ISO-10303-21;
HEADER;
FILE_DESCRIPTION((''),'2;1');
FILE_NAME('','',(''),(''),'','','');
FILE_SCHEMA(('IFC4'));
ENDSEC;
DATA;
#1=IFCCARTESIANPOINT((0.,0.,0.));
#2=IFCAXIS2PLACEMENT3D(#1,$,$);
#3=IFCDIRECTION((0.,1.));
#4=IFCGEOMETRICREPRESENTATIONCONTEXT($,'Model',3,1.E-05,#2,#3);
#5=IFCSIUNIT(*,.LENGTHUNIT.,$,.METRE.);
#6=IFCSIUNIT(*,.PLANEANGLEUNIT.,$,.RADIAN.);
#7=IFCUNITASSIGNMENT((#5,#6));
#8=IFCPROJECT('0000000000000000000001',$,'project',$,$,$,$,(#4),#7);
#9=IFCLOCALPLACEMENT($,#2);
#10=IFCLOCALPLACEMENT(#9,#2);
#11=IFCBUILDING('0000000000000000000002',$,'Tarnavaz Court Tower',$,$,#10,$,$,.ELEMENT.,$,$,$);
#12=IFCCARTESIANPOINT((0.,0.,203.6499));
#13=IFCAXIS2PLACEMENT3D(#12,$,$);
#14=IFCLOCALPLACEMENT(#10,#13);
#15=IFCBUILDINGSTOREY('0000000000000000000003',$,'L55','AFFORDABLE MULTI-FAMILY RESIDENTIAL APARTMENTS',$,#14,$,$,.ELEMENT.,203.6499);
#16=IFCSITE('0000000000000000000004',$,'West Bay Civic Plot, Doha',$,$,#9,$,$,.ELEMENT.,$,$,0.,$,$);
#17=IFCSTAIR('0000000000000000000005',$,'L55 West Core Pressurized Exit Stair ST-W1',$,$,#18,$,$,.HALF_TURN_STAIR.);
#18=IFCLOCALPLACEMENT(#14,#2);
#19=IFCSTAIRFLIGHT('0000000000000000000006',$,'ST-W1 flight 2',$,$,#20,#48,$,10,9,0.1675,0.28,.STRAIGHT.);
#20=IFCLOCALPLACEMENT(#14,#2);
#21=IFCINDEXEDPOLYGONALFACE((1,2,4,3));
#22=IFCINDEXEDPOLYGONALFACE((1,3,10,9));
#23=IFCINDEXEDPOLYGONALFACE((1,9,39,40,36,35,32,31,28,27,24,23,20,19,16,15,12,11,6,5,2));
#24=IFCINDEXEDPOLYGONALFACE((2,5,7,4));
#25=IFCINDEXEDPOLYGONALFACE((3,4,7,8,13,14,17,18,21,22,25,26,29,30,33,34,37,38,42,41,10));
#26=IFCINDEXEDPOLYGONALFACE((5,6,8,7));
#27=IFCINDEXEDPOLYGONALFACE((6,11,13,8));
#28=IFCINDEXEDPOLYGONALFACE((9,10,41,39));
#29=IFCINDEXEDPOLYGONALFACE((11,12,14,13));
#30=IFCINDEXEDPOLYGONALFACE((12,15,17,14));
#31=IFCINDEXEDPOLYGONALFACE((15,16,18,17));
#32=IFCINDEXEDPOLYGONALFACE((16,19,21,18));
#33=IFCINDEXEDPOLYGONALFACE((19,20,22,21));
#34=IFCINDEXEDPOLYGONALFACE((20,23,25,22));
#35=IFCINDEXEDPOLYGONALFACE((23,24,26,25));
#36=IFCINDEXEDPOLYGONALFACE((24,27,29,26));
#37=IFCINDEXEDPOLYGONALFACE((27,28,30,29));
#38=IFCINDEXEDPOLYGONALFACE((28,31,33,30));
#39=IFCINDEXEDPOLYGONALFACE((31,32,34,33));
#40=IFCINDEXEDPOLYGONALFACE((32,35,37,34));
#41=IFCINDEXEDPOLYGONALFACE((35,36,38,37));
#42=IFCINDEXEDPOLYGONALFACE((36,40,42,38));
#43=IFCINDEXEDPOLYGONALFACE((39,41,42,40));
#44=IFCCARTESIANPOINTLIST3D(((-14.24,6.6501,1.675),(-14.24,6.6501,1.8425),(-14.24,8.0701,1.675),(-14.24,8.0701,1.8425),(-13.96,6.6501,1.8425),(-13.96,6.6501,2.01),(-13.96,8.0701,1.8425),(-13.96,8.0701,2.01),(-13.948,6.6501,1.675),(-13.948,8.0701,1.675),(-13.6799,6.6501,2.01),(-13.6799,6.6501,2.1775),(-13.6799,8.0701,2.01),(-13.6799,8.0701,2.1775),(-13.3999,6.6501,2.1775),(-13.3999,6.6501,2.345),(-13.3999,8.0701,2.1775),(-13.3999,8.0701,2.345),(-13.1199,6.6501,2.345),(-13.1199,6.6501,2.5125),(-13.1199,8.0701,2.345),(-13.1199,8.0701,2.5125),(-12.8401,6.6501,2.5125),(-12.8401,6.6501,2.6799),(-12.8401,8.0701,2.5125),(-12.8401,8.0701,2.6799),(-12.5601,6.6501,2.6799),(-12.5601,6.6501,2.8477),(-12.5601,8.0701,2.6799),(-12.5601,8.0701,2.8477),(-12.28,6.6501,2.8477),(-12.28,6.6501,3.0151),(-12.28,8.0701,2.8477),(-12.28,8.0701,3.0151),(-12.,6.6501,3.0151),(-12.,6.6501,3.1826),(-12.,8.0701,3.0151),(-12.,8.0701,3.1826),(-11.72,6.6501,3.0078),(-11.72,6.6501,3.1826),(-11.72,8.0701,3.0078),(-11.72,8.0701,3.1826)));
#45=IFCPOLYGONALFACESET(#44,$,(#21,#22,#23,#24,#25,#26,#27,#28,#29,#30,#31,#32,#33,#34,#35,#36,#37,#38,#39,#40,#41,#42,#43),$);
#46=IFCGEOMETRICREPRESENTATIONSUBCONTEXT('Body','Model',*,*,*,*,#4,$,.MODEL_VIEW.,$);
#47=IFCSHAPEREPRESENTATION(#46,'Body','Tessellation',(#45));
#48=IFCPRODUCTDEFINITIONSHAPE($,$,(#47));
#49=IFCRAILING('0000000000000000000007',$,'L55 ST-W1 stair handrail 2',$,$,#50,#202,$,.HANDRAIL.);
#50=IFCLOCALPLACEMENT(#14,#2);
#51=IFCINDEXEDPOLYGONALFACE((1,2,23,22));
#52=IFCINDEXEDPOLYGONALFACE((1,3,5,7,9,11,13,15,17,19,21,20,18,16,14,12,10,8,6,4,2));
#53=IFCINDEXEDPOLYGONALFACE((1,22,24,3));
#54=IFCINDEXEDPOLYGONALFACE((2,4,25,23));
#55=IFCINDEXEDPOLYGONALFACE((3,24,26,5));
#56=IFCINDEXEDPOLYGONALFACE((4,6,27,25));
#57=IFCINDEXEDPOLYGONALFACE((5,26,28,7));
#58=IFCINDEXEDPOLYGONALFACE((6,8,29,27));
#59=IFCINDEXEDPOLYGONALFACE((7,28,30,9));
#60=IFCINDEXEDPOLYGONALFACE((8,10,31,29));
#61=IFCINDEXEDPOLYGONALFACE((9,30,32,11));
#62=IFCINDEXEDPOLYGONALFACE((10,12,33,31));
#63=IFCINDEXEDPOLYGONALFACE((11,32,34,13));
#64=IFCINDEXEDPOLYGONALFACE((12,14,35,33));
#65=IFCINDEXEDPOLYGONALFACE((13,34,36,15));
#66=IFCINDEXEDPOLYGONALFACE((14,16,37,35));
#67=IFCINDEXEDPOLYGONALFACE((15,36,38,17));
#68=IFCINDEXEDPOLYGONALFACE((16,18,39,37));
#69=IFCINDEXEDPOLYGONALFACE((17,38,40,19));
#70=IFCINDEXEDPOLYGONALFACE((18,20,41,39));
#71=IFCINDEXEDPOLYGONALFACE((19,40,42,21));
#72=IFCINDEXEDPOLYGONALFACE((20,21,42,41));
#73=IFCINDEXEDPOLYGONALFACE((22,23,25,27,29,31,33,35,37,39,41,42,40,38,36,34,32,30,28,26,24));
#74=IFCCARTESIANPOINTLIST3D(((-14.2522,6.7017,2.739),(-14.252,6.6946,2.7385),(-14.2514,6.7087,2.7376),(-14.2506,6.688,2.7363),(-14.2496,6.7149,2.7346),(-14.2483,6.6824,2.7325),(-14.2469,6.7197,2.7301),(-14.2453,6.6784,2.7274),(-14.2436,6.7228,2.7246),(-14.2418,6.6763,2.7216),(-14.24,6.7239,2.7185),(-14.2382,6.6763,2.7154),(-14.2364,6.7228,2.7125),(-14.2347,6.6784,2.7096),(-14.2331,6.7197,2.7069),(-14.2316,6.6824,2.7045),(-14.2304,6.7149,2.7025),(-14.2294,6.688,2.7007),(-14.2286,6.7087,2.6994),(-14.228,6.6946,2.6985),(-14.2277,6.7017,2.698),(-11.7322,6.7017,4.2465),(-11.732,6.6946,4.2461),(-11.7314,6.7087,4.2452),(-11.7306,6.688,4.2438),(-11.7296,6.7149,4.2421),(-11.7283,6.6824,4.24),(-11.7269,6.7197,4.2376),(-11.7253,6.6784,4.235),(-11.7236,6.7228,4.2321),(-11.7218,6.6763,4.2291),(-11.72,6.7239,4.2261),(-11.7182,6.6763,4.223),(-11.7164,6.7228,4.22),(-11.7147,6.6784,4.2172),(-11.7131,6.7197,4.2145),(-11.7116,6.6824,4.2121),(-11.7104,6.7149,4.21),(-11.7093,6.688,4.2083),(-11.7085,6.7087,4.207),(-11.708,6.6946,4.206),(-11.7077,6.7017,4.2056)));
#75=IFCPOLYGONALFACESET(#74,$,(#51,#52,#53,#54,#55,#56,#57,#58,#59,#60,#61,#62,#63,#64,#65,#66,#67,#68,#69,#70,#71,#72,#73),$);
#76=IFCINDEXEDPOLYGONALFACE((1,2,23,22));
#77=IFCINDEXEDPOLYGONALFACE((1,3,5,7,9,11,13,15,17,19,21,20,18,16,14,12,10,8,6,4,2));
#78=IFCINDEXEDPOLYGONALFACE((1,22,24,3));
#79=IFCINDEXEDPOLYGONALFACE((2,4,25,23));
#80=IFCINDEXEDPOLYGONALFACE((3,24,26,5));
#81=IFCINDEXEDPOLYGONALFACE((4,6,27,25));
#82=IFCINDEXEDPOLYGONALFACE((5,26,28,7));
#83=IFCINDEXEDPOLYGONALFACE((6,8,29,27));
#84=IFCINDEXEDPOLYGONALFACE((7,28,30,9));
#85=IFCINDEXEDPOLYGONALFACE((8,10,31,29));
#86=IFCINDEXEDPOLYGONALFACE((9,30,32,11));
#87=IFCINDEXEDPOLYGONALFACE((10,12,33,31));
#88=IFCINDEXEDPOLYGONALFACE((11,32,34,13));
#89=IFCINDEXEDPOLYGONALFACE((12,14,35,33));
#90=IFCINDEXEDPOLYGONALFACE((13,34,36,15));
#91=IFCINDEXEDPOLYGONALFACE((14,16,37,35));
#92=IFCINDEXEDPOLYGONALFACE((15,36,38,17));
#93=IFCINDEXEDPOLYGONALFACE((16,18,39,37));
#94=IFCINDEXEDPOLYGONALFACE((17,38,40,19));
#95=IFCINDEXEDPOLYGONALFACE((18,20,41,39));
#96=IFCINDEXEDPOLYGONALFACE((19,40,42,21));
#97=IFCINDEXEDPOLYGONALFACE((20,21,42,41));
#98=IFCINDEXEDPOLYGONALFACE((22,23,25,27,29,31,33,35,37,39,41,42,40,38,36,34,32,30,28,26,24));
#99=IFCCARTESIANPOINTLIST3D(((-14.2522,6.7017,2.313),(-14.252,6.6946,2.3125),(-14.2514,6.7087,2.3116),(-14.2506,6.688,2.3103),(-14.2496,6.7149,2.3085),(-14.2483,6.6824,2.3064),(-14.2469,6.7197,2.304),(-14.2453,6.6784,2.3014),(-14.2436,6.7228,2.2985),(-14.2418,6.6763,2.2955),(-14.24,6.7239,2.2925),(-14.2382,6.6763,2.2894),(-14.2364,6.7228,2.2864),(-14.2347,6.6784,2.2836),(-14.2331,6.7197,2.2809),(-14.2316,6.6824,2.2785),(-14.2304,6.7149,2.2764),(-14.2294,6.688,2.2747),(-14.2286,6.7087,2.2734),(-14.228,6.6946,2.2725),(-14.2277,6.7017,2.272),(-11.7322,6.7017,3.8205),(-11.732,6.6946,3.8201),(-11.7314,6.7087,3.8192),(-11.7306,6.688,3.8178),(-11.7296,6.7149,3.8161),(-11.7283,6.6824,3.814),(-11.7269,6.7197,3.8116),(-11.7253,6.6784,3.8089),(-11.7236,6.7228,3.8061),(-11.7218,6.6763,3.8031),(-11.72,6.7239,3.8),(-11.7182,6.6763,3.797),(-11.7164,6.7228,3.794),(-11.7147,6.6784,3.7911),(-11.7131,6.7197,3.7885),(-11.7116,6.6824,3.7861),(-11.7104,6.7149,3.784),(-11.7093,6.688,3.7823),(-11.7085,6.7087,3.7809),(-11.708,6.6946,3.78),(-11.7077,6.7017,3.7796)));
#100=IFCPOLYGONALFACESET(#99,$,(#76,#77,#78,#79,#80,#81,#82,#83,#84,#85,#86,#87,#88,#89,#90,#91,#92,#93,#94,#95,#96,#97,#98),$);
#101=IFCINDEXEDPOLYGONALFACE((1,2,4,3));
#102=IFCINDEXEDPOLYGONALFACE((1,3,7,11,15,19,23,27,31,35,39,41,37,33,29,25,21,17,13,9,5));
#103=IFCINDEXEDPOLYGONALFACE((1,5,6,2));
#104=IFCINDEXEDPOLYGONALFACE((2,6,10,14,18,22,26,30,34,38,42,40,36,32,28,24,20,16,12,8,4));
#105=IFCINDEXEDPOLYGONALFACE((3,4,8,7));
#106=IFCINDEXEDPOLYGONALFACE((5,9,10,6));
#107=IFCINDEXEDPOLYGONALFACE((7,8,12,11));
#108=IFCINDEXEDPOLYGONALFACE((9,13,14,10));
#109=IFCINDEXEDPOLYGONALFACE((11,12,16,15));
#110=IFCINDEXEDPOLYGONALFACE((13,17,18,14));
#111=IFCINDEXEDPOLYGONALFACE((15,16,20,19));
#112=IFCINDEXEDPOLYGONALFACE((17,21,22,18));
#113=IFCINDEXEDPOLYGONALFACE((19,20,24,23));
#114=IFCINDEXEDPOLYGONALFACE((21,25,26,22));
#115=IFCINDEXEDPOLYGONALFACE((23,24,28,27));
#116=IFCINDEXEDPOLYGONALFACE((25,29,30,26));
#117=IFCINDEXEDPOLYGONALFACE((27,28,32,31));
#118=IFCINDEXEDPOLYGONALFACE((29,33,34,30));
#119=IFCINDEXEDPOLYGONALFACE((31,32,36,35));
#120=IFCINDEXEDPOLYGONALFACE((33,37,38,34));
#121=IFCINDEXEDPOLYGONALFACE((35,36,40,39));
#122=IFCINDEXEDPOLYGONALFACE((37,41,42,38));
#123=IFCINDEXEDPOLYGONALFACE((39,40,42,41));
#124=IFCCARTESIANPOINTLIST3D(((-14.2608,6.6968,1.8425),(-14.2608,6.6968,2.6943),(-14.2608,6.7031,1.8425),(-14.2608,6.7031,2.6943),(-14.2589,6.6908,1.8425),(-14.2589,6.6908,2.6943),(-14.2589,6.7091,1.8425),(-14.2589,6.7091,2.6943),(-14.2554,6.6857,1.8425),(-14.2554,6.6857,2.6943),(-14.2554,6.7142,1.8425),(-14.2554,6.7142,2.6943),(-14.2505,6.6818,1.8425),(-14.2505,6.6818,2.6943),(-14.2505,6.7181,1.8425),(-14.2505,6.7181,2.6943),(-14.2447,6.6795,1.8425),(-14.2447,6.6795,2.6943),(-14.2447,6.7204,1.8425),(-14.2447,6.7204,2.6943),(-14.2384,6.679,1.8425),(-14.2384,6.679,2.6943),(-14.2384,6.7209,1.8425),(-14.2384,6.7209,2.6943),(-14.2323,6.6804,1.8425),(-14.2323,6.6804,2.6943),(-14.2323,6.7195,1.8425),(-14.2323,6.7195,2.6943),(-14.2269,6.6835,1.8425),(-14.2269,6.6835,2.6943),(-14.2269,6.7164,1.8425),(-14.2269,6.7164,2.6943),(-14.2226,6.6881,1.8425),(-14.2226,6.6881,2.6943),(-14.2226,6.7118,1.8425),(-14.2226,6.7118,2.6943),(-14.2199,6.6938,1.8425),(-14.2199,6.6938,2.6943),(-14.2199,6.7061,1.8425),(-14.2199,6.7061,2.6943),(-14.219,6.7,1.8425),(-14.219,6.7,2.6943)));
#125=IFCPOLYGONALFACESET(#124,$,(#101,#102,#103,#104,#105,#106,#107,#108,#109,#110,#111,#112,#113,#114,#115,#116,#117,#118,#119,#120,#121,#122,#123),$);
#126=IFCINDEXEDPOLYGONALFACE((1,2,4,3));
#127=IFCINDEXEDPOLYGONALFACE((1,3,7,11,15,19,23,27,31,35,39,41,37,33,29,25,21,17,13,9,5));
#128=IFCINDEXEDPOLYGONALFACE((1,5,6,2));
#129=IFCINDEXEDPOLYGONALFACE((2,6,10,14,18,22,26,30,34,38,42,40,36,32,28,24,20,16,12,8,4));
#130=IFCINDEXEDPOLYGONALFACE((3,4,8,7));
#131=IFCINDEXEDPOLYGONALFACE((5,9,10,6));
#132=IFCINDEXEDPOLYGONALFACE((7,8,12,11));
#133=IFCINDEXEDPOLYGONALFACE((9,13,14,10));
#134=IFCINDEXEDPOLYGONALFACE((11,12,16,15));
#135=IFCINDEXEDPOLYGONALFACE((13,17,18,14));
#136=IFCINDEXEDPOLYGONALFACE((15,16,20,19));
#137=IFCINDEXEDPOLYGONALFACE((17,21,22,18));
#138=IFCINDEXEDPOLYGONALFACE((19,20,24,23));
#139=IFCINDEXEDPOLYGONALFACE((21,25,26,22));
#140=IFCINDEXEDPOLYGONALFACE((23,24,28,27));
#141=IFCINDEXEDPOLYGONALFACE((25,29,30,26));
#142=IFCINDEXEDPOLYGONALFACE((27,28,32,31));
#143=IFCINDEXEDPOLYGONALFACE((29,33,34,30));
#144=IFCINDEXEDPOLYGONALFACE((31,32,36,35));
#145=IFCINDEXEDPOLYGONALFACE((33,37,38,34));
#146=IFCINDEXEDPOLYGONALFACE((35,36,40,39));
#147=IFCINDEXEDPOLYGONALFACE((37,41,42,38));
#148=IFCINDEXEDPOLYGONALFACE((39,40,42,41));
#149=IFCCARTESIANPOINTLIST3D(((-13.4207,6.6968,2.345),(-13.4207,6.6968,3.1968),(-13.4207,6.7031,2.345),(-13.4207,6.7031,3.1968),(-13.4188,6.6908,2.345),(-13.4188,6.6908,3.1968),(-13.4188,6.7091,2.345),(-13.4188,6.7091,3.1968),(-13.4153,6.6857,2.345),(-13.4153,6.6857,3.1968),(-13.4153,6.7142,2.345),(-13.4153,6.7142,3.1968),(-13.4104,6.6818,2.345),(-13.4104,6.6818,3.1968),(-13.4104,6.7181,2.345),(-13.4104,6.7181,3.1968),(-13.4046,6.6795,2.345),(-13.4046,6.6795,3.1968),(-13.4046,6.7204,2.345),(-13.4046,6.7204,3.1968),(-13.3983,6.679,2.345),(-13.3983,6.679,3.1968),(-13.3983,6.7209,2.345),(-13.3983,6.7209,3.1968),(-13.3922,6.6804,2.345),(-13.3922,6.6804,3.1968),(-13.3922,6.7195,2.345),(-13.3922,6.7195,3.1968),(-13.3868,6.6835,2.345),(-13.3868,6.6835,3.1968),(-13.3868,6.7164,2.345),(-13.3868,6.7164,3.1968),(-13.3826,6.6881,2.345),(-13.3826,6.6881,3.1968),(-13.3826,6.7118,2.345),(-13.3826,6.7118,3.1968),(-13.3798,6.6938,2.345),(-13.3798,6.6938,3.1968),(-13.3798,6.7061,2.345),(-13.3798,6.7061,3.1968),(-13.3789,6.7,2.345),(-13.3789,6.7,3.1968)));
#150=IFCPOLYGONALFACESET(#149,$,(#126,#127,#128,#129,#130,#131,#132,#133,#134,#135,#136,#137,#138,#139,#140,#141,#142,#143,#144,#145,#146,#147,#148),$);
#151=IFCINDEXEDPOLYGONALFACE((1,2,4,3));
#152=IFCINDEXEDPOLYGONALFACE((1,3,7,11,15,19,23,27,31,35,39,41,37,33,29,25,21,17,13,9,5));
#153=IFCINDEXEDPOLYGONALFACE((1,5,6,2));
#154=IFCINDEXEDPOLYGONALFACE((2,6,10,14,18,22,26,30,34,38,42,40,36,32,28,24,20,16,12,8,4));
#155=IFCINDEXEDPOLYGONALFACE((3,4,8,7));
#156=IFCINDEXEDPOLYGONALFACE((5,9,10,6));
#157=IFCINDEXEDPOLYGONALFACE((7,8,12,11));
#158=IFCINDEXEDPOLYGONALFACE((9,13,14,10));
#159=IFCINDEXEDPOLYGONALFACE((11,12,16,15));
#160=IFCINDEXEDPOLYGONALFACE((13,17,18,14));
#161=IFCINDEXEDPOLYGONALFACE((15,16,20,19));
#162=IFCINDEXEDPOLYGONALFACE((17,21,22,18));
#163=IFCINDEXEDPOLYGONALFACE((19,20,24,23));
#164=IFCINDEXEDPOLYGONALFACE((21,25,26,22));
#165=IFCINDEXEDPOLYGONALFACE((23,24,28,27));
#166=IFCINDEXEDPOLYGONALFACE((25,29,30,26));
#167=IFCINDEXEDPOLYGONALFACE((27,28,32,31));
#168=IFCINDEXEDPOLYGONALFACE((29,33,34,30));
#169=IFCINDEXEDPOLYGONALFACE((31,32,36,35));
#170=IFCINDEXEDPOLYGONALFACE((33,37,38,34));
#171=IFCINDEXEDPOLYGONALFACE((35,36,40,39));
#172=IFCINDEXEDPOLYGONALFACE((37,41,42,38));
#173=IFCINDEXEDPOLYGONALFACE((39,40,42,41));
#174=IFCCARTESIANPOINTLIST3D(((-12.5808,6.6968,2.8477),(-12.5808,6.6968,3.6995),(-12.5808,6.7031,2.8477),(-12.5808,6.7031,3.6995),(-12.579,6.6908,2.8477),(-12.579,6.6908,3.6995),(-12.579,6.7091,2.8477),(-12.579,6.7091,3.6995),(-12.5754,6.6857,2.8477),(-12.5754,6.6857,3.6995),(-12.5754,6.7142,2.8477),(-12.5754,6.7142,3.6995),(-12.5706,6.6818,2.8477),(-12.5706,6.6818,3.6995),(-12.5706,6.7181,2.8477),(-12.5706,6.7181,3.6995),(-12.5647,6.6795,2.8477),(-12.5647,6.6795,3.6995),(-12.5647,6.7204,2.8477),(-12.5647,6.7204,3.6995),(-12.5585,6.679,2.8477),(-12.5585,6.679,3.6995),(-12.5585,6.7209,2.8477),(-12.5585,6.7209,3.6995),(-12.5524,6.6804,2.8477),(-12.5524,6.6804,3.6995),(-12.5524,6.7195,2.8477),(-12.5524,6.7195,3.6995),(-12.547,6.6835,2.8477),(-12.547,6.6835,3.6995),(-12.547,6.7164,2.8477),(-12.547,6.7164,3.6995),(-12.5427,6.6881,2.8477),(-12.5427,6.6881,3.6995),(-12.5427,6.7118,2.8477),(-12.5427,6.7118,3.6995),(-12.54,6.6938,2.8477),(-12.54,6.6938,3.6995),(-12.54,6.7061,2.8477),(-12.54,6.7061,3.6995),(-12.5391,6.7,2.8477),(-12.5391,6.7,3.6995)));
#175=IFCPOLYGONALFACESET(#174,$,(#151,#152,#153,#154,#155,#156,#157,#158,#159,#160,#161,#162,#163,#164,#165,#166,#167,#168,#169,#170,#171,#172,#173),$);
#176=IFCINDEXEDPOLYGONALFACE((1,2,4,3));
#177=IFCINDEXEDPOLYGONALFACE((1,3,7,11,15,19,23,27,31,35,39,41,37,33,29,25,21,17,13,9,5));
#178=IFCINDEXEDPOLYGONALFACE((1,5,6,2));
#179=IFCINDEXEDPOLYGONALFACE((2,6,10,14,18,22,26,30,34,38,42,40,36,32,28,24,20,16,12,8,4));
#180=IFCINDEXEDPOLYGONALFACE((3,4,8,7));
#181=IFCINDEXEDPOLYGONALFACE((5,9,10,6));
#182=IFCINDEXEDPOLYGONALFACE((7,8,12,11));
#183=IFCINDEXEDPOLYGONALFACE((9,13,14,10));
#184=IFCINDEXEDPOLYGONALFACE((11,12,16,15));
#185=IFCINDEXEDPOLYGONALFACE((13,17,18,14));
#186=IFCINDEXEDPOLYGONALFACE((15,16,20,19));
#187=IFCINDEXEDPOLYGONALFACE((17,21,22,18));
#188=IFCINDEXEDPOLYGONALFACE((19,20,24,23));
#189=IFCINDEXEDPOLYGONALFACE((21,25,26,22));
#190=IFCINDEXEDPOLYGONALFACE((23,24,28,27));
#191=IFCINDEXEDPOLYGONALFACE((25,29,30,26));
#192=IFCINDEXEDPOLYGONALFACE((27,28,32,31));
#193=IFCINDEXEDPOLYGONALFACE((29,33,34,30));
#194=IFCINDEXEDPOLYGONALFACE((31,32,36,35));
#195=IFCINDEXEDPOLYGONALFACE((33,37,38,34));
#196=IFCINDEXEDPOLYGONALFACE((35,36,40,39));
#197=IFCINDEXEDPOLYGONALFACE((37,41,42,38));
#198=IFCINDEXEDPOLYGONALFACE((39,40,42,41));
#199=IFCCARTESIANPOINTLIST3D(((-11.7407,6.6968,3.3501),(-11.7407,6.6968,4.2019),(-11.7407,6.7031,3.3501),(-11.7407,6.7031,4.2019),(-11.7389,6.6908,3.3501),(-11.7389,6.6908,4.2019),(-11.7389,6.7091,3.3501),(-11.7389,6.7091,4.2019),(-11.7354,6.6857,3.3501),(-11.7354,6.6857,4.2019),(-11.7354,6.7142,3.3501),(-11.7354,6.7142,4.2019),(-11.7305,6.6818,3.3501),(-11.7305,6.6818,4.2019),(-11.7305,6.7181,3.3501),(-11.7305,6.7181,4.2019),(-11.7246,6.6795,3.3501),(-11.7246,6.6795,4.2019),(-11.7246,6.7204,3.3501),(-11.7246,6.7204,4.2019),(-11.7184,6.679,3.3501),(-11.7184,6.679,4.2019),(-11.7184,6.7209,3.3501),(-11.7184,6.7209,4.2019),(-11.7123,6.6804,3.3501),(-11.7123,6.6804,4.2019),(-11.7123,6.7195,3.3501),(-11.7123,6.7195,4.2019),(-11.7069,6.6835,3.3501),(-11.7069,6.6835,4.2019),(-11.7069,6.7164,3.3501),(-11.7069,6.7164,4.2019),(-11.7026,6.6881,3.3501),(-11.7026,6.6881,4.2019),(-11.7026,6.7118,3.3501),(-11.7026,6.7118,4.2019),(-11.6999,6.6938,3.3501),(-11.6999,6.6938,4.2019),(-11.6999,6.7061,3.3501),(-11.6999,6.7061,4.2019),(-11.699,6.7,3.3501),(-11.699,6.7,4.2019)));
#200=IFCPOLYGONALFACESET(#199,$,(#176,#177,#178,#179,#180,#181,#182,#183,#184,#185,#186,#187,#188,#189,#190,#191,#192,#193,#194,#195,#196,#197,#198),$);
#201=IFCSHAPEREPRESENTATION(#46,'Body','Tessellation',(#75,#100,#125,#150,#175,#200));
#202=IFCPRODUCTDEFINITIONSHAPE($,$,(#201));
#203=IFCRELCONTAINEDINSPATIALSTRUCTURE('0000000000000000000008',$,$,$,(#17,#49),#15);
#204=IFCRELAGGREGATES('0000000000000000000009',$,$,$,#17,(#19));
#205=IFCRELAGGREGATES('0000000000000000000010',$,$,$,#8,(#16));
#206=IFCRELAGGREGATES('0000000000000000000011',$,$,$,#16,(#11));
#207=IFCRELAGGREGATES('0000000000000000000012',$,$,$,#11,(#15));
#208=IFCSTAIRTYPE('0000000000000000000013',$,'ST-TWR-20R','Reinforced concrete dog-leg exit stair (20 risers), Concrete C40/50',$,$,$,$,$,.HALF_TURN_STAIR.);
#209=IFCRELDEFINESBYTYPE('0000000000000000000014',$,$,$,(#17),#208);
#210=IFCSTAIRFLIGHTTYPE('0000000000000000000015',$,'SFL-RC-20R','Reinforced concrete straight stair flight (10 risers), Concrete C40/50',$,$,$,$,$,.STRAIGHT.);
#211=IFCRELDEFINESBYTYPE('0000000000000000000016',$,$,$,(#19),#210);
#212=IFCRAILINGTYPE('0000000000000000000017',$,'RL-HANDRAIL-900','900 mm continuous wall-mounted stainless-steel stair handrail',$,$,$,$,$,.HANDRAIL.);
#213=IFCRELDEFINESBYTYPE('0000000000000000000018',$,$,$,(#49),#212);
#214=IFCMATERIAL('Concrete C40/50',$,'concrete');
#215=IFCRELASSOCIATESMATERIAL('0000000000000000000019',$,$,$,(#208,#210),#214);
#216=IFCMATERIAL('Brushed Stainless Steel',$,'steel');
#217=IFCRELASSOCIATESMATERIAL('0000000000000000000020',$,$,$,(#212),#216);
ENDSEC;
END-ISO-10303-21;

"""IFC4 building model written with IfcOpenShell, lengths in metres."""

from ifc_helpers import new_model, si_unit, direction, frame, origin, origin_2d, place, context, subcontext, project, spatial, polyline, circle, outline, extrude, material, type_object, element, aggregate, save


model = new_model("IFC4")

# Units and contexts
model_context = context("Model", 3, precision=1e-05, world=origin(), true_north=direction((0.0, 1.0)))
body_context = subcontext(model_context, "Body", "Model", "MODEL_VIEW")
ifc_project = project(units=[si_unit("LENGTHUNIT", "METRE"), si_unit("PLANEANGLEUNIT", "RADIAN")], contexts=[model_context])

# Site, building, storey
site_placement = place(None, origin())
site = spatial("IfcSite", under=ifc_project, at=site_placement, Name="West Bay Civic Plot, Doha", CompositionType="ELEMENT", RefElevation=0.0)
building_placement = place(site_placement, origin())
building = spatial("IfcBuilding", under=site, at=building_placement, Name="Tarnavaz Court Tower", CompositionType="ELEMENT")
storey_placement = place(building_placement, frame((0.0, 0.0, 203.6499)))
storey = spatial("IfcBuildingStorey", under=building, at=storey_placement, Name="L55", Description="AFFORDABLE MULTI-FAMILY RESIDENTIAL APARTMENTS", CompositionType="ELEMENT", Elevation=203.6499)

# Stair, stair flight
ifc_material_1 = material(Name="Concrete C40/50", Category="concrete")
stair_type = type_object("IfcStairType", Name="ST-TWR-20R", Description="Reinforced concrete dog-leg exit stair (20 risers), Concrete C40/50", PredefinedType="HALF_TURN_STAIR", material=ifc_material_1)
stair_placement = place(storey_placement, origin())
stair = element("IfcStair", 1, at=stair_placement, inside=storey, type_object=stair_type, Name="L55 West Core Pressurized Exit Stair ST-W1", PredefinedType="HALF_TURN_STAIR")
stair_flight_type = type_object("IfcStairFlightType", Name="SFL-RC-20R", Description="Reinforced concrete straight stair flight (10 risers), Concrete C40/50", PredefinedType="STRAIGHT", material=ifc_material_1)
stair_flight_1_placement = place(storey_placement, frame((-14.24, 7.3601, 1.675), z_axis=(0.0, 0.0, 1.0), x_axis=(1.0, 0.0, 0.0)))
stair_flight_1 = element("IfcStairFlight", 2, at=stair_flight_1_placement, type_object=stair_flight_type, Name="ST-W1 flight 2", NumberOfRisers=10, NumberOfTreads=9, PredefinedType="STRAIGHT", RiserHeight=0.1675, TreadLength=0.28, context=body_context, shape_type="SweptSolid", body=[
    extrude(outline(polyline([(0.0, 0.0), (0.0, 0.1675), (0.28, 0.1675), (0.28, 0.335), (0.5601, 0.335), (0.5601, 0.5024), (0.8401, 0.5024), (0.8401, 0.6699), (1.1201, 0.6699), (1.1201, 0.8374), (1.3999, 0.8374), (1.3999, 1.0049), (1.6799, 1.0049), (1.6799, 1.1726), (1.96, 1.1726), (1.96, 1.3401), (2.24, 1.3401), (2.24, 1.5076), (2.52, 1.5076), (2.52, 1.675), (2.52, 1.3328), (0.292, 0.0), (0.0, 0.0)])), frame((0.0, 0.71, 0.0), z_axis=(0.0, -1.0, 0.0), x_axis=(1.0, 0.0, 0.0)), (0.0, 0.0, 1.0), 1.4199),
])
aggregate(stair, [stair_flight_1])

# Railing
ifc_material_2 = material(Name="Brushed Stainless Steel", Category="steel")
railing_type_1 = type_object("IfcRailingType", Name="RL-HANDRAIL-900", Description="900 mm continuous wall-mounted stainless-steel stair handrail", PredefinedType="HANDRAIL", material=ifc_material_2)
railing_1_placement = place(storey_placement, frame((-14.24, 6.7, 1.8425)))
element("IfcRailing", 3, at=railing_1_placement, inside=storey, type_object=railing_type_1, Name="L55 ST-W1 stair handrail 2", PredefinedType="HANDRAIL", context=body_context, shape_type="SweptSolid", body=[
    extrude(circle(Radius=0.0239, at=origin_2d()), frame((0.0, 0.0, 0.876), z_axis=(0.85816, 0.0, 0.513383), x_axis=(0.0, 1.0, 0.0)), (0.0, 0.0, 1.0), 2.9365),
    extrude(circle(Radius=0.0239, at=origin_2d()), frame((0.0, 0.0, 0.45), z_axis=(0.85816, 0.0, 0.513383), x_axis=(0.0, 1.0, 0.0)), (0.0, 0.0, 1.0), 2.9365),
    extrude(circle(Radius=0.021, at=origin_2d()), origin(), (0.0, 0.0, 1.0), 0.8518),
    extrude(circle(Radius=0.021, at=origin_2d()), frame((0.8401, 0.0, 0.5024)), (0.0, 0.0, 1.0), 0.8518),
    extrude(circle(Radius=0.021, at=origin_2d()), frame((1.6799, 0.0, 1.0051)), (0.0, 0.0, 1.0), 0.8518),
    extrude(circle(Radius=0.021, at=origin_2d()), frame((2.52, 0.0, 1.5076)), (0.0, 0.0, 1.0), 0.8518),
])

save(model, "model.ifc")
